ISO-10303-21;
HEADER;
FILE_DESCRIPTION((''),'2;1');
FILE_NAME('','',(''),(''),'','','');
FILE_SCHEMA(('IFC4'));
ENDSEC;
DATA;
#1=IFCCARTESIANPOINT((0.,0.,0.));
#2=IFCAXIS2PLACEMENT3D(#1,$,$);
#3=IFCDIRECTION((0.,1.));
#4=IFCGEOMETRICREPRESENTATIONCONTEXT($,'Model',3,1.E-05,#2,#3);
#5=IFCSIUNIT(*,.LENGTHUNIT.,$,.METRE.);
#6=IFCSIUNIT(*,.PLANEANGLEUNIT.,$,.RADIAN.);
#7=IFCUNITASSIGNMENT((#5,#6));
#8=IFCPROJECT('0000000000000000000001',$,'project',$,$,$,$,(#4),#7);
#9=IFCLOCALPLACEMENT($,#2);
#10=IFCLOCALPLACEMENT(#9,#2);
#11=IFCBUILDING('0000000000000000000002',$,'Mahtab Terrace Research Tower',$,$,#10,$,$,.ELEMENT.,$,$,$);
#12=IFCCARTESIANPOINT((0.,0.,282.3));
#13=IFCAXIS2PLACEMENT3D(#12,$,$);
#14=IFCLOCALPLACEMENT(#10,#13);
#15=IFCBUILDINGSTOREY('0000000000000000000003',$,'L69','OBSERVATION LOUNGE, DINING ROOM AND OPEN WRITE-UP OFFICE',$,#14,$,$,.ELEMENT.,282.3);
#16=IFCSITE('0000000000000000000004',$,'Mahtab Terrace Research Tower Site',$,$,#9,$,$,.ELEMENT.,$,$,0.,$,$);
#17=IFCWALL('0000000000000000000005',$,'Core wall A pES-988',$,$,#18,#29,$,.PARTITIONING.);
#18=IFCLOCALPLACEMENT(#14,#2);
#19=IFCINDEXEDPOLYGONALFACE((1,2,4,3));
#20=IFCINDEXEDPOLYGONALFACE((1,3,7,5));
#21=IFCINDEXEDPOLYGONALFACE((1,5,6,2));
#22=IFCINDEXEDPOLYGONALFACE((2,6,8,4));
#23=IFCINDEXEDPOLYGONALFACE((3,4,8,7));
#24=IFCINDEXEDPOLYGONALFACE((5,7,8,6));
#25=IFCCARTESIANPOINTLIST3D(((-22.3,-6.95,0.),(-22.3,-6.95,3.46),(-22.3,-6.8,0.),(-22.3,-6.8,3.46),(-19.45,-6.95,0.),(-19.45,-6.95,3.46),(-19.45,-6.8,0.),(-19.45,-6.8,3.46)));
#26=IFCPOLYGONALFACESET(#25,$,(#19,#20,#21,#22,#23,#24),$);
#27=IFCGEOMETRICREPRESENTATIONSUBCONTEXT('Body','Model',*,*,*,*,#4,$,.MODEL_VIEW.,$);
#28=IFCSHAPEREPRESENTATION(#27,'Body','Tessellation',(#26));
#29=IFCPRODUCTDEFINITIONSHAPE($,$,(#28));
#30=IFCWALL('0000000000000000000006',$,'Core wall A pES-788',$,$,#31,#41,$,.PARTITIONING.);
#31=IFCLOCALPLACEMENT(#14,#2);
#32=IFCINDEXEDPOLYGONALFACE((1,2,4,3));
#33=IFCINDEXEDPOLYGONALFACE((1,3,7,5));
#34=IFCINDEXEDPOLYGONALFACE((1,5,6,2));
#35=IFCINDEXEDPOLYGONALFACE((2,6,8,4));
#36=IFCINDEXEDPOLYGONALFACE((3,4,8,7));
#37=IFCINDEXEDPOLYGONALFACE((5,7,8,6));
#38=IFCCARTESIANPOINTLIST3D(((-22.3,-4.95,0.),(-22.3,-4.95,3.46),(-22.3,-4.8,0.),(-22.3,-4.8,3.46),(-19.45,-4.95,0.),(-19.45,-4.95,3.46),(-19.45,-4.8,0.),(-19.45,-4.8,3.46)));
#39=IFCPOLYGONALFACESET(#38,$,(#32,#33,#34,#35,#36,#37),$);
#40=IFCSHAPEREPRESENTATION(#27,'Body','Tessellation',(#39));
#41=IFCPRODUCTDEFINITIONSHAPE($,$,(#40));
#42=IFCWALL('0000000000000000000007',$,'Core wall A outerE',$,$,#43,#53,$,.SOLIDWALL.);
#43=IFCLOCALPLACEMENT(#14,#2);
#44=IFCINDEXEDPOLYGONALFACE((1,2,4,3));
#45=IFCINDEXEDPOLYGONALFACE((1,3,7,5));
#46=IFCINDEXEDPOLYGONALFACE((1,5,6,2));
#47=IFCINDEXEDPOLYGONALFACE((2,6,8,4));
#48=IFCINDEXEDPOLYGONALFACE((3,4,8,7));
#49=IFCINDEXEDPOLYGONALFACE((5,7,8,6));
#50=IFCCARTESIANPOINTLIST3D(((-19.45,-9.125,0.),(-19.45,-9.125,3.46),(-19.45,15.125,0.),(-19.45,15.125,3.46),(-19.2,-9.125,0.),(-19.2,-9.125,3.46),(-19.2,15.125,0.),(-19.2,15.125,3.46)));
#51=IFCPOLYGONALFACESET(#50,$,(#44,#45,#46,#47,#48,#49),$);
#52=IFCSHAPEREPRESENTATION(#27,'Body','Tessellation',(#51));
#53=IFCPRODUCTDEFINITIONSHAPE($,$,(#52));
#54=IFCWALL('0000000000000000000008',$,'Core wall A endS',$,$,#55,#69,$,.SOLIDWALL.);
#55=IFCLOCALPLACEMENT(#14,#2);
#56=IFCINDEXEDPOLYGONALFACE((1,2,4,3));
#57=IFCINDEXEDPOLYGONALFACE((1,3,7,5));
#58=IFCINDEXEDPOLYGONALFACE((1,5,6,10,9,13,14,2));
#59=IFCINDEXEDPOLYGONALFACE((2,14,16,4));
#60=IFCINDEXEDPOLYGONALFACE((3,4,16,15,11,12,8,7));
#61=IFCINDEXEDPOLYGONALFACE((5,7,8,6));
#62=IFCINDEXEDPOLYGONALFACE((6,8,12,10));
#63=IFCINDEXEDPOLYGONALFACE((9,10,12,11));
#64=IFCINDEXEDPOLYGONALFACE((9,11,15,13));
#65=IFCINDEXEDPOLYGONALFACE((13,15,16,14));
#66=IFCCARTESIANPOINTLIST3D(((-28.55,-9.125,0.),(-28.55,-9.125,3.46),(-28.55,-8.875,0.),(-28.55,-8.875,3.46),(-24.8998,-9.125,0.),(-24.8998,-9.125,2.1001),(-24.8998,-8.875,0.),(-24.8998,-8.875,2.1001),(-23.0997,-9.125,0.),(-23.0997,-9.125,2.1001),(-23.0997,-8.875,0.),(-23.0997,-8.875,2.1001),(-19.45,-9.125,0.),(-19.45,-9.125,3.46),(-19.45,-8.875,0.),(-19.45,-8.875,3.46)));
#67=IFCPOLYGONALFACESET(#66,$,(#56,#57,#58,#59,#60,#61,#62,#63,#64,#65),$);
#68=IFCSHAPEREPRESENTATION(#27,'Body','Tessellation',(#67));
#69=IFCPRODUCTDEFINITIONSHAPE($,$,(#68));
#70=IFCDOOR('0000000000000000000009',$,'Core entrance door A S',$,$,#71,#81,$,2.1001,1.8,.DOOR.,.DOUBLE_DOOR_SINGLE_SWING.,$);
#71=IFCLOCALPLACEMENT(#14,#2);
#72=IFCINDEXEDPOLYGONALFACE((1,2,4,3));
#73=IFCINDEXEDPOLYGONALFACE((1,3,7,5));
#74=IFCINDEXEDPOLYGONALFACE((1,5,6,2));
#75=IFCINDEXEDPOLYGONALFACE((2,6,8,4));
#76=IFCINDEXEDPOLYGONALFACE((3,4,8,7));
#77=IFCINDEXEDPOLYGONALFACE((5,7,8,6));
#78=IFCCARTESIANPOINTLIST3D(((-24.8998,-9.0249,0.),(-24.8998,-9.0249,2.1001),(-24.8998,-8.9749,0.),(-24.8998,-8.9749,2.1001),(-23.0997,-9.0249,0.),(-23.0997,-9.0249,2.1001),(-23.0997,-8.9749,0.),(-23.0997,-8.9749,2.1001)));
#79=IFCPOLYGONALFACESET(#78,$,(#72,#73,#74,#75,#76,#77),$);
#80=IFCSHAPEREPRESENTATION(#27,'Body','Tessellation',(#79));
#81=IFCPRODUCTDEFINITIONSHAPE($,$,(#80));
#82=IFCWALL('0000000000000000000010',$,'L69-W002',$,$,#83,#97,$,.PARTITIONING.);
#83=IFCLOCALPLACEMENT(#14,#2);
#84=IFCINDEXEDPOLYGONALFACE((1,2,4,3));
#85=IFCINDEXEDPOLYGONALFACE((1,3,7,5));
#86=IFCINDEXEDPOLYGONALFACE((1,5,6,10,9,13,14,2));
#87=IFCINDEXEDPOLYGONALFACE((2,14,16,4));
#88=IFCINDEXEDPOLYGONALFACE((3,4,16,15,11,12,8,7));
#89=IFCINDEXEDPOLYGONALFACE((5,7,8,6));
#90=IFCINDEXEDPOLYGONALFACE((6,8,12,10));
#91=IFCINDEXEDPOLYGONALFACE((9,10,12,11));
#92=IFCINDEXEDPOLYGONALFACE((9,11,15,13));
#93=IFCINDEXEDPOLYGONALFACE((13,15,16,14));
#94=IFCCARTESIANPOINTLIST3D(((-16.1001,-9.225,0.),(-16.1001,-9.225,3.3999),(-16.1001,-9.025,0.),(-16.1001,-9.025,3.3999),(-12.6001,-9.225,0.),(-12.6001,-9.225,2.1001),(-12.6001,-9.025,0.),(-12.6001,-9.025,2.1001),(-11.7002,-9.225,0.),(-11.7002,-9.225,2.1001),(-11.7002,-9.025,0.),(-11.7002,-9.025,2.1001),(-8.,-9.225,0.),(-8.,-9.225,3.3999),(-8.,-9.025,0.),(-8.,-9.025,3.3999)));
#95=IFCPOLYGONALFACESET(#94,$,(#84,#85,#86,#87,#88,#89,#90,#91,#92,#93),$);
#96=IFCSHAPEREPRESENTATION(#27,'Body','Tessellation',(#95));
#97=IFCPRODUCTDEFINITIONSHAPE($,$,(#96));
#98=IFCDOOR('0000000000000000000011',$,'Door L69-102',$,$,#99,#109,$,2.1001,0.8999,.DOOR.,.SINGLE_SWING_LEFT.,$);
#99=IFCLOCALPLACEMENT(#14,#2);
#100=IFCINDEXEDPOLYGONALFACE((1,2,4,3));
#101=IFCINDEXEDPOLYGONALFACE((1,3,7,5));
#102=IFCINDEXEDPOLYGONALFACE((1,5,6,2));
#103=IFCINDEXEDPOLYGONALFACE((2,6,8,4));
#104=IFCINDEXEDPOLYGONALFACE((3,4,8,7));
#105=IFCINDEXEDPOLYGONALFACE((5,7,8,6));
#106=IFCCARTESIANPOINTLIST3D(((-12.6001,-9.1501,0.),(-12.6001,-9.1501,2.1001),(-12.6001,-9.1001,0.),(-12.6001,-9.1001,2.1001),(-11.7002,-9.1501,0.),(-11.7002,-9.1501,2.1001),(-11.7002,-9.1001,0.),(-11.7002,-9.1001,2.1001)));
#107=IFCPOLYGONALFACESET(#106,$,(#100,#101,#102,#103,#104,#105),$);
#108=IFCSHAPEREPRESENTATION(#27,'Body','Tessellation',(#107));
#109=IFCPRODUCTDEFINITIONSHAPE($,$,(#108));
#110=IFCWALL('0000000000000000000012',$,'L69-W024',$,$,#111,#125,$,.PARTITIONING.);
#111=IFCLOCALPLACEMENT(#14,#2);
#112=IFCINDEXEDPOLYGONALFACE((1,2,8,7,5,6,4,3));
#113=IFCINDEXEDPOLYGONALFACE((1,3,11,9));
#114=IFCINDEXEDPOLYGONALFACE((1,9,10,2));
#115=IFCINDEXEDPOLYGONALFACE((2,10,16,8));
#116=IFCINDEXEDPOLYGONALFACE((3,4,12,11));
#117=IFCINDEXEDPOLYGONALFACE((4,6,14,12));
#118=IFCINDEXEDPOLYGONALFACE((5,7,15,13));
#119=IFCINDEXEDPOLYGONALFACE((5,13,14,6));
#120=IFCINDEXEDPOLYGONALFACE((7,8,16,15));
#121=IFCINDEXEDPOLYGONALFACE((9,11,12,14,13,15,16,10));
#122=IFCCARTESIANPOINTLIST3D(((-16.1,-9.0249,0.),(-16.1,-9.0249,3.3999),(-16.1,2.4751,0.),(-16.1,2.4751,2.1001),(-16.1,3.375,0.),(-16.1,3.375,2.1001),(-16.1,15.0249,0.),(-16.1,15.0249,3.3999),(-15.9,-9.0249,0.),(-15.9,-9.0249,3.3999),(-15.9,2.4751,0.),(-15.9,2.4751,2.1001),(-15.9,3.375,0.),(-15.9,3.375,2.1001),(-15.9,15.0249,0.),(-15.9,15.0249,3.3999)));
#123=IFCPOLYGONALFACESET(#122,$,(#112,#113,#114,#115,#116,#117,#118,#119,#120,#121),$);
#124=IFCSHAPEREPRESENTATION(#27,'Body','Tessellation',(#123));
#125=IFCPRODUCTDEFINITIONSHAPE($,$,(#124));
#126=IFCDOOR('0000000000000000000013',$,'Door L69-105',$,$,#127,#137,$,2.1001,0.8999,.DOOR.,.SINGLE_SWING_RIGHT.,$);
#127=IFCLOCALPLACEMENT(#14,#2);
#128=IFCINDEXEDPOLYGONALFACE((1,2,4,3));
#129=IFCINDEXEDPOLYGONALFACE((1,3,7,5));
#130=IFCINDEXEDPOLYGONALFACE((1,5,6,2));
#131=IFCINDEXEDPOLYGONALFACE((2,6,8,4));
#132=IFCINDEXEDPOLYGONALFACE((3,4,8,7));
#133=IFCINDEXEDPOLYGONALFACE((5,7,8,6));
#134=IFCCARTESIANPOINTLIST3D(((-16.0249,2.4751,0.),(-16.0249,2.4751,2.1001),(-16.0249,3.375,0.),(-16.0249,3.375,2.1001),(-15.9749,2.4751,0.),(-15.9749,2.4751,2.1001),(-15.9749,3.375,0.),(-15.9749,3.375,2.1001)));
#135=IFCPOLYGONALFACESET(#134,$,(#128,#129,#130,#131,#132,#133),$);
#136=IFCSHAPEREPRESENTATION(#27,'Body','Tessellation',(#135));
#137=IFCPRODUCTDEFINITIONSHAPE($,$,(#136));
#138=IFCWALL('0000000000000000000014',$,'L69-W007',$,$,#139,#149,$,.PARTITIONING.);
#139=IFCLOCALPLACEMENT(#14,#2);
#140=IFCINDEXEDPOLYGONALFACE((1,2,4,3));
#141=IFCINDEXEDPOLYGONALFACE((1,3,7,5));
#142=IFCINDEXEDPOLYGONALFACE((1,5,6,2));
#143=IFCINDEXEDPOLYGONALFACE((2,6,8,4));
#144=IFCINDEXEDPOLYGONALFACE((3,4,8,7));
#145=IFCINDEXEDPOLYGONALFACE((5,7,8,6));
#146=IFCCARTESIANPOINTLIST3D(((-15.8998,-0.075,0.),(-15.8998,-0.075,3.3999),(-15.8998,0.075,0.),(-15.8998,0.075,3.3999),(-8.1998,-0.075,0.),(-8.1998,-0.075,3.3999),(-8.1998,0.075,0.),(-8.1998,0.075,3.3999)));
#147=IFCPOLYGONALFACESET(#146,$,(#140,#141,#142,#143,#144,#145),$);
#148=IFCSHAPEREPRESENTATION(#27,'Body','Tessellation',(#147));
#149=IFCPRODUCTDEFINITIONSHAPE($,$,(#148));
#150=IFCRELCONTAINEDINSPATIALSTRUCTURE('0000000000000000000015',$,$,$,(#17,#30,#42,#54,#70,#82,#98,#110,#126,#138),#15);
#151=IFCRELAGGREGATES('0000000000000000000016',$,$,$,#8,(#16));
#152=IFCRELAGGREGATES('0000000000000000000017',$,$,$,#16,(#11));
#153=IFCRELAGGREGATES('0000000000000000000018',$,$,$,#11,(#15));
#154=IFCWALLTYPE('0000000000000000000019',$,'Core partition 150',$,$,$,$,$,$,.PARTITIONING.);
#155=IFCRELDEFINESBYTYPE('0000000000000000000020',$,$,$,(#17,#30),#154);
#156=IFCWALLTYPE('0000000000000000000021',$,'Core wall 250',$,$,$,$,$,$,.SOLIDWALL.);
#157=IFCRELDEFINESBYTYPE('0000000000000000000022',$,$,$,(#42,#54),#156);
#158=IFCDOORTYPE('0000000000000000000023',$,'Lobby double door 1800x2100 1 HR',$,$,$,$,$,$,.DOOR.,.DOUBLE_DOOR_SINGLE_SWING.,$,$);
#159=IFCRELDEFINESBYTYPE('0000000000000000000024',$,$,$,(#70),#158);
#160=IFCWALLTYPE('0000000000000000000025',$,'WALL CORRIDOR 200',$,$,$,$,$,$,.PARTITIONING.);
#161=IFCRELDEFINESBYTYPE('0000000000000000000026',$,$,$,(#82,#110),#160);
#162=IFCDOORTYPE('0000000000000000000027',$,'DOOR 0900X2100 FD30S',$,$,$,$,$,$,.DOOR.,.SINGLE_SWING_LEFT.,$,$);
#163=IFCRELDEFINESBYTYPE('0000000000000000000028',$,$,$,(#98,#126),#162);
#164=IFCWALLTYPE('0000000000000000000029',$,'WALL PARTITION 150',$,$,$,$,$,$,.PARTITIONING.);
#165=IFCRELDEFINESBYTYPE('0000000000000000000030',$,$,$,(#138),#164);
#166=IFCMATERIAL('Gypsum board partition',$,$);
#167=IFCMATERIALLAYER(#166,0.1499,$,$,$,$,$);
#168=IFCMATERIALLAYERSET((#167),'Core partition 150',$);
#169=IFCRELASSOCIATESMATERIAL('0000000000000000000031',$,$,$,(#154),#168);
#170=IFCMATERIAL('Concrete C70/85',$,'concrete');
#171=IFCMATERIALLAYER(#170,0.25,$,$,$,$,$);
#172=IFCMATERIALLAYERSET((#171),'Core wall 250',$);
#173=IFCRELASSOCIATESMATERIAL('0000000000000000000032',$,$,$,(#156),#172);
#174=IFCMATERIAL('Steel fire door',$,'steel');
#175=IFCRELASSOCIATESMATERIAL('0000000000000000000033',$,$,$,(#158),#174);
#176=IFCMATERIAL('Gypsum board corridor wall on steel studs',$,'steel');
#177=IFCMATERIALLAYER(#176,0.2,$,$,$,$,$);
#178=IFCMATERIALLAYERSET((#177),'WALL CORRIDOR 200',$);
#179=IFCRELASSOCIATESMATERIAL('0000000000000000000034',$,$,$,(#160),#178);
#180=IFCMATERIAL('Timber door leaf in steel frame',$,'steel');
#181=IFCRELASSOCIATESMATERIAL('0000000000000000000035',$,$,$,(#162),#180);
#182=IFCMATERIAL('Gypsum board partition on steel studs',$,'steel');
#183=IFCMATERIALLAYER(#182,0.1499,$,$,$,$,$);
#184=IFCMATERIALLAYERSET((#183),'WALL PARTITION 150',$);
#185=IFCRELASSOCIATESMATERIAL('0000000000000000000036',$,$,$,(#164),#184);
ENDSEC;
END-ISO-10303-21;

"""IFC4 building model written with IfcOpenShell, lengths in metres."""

from ifc_helpers import new_model, si_unit, direction, frame, frame_2d, origin, place, context, subcontext, project, spatial, rectangle, extrude, material, layer, layer_set, type_object, element, fill, save


model = new_model("IFC4")

# Units and contexts
model_context = context("Model", 3, precision=1e-05, world=origin(), true_north=direction((0.0, 1.0)))
body_context = subcontext(model_context, "Body", "Model", "MODEL_VIEW")
ifc_project = project(units=[si_unit("LENGTHUNIT", "METRE"), si_unit("PLANEANGLEUNIT", "RADIAN")], contexts=[model_context])

# Site, building, storey
site_placement = place(None, origin())
site = spatial("IfcSite", under=ifc_project, at=site_placement, Name="Mahtab Terrace Research Tower Site", CompositionType="ELEMENT", RefElevation=0.0)
building_placement = place(site_placement, origin())
building = spatial("IfcBuilding", under=site, at=building_placement, Name="Mahtab Terrace Research Tower", CompositionType="ELEMENT")
storey_placement = place(building_placement, frame((0.0, 0.0, 282.3)))
storey = spatial("IfcBuildingStorey", under=building, at=storey_placement, Name="L69", Description="OBSERVATION LOUNGE, DINING ROOM AND OPEN WRITE-UP OFFICE", CompositionType="ELEMENT", Elevation=282.3)

# Shared definitions
ifc_material_1 = material(Name="Concrete C70/85", Category="concrete")

# Walls
ifc_material_2 = material(Name="Gypsum board partition")
ifc_layer_1 = layer(ifc_material_2, 0.1499)
ifc_layer_set_1 = layer_set([ifc_layer_1], Name="Core partition 150")
wall_type_1 = type_object("IfcWallType", Name="Core partition 150", PredefinedType="PARTITIONING", material=ifc_layer_set_1)
for number, where, z_axis, x_axis, name in (
    (1, (-22.3, -6.875, 0.0), (0.0, 0.0, 1.0), (1.0, 0.0, 0.0), "Core wall A pES-988"),
    (2, (-22.3, -4.875, 0.0), (0.0, 0.0, 1.0), (1.0, 0.0, 0.0), "Core wall A pES-788"),
):
    element("IfcWall", number, at=place(storey_placement, frame(where, z_axis=z_axis, x_axis=x_axis)), inside=storey, type_object=wall_type_1, Name=name, PredefinedType="PARTITIONING", context=body_context, shape_type="SweptSolid", body=[
        extrude(rectangle(XDim=2.8501, YDim=0.1499, at=frame_2d((1.425, 0.0))), origin(), (0.0, 0.0, 1.0), 3.46),
    ])
ifc_layer_2 = layer(ifc_material_1, 0.25)
ifc_layer_set_2 = layer_set([ifc_layer_2], Name="Core wall 250")
wall_type_2 = type_object("IfcWallType", Name="Core wall 250", PredefinedType="SOLIDWALL", material=ifc_layer_set_2)
wall_1_placement = place(storey_placement, frame((-19.325, -9.125, 0.0), z_axis=(0.0, 0.0, 1.0), x_axis=(0.0, 1.0, 0.0)))
element("IfcWall", 3, at=wall_1_placement, inside=storey, type_object=wall_type_2, Name="Core wall A outerE", PredefinedType="SOLIDWALL", context=body_context, shape_type="SweptSolid", body=[
    extrude(rectangle(XDim=24.25, YDim=0.25, at=frame_2d((12.125, 0.0))), origin(), (0.0, 0.0, 1.0), 3.46),
])

# Walls, openings, doors
wall_2_placement = place(storey_placement, frame((-19.45, -9.0, 0.0), z_axis=(0.0, 0.0, 1.0), x_axis=(-1.0, 0.0, 0.0)))
wall_2 = element("IfcWall", 4, at=wall_2_placement, inside=storey, type_object=wall_type_2, Name="Core wall A endS", PredefinedType="SOLIDWALL", context=body_context, shape_type="SweptSolid", body=[
    extrude(rectangle(XDim=9.1001, YDim=0.25, at=frame_2d((4.55, 0.0))), origin(), (0.0, 0.0, 1.0), 3.46),
])
opening_1_placement = place(wall_2_placement, frame((3.6499, 0.0, 0.0)))
opening_1 = element("IfcOpeningElement", 5, at=opening_1_placement, cuts=wall_2, PredefinedType="OPENING", context=body_context, shape_type="SweptSolid", body=[
    extrude(rectangle(XDim=1.8, YDim=2.1001, at=frame_2d((0.8999, 1.05))), frame((0.0, 0.135, 0.0), z_axis=(0.0, -1.0, 0.0), x_axis=(1.0, 0.0, 0.0)), (0.0, 0.0, 1.0), 0.27),
])
ifc_material_3 = material(Name="Steel fire door", Category="steel")
door_type_1 = type_object("IfcDoorType", Name="Lobby double door 1800x2100 1 HR", OperationType="DOUBLE_DOOR_SINGLE_SWING", PredefinedType="DOOR", material=ifc_material_3)
door_1_placement = place(opening_1_placement, origin())
door_1 = element("IfcDoor", 6, at=door_1_placement, inside=storey, type_object=door_type_1, Name="Core entrance door A S", OperationType="DOUBLE_DOOR_SINGLE_SWING", OverallHeight=2.1001, OverallWidth=1.8, PredefinedType="DOOR", context=body_context, shape_type="SweptSolid", body=[
    extrude(rectangle(XDim=1.8, YDim=2.1001, at=frame_2d((0.8999, 1.05))), frame((0.0, 0.0249, 0.0), z_axis=(0.0, -1.0, 0.0), x_axis=(1.0, 0.0, 0.0)), (0.0, 0.0, 1.0), 0.05),
])
fill(opening_1, door_1)
ifc_material_4 = material(Name="Gypsum board corridor wall on steel studs", Category="steel")
ifc_layer_3 = layer(ifc_material_4, 0.2)
ifc_layer_set_3 = layer_set([ifc_layer_3], Name="WALL CORRIDOR 200")
wall_type_3 = type_object("IfcWallType", Name="WALL CORRIDOR 200", PredefinedType="PARTITIONING", material=ifc_layer_set_3)
wall_3_placement = place(storey_placement, frame((-16.1001, -9.125, 0.0), z_axis=(0.0, 0.0, 1.0), x_axis=(1.0, 0.0, 0.0)))
wall_3 = element("IfcWall", 7, at=wall_3_placement, inside=storey, type_object=wall_type_3, Name="L69-W002", PredefinedType="PARTITIONING", context=body_context, shape_type="SweptSolid", body=[
    extrude(rectangle(XDim=8.1001, YDim=0.2, at=frame_2d((4.05, 0.0))), origin(), (0.0, 0.0, 1.0), 3.3999),
])
opening_2_placement = place(wall_3_placement, frame((3.5, 0.0, 0.0)))
opening_2 = element("IfcOpeningElement", 8, at=opening_2_placement, cuts=wall_3, PredefinedType="OPENING", context=body_context, shape_type="SweptSolid", body=[
    extrude(rectangle(XDim=0.8999, YDim=2.1001, at=frame_2d((0.45, 1.05))), frame((0.0, 0.1099, 0.0), z_axis=(0.0, -1.0, 0.0), x_axis=(1.0, 0.0, 0.0)), (0.0, 0.0, 1.0), 0.22),
])
ifc_material_5 = material(Name="Timber door leaf in steel frame", Category="steel")
door_type_2 = type_object("IfcDoorType", Name="DOOR 0900X2100 FD30S", OperationType="SINGLE_SWING_LEFT", PredefinedType="DOOR", material=ifc_material_5)
door_2_placement = place(opening_2_placement, origin())
door_2 = element("IfcDoor", 9, at=door_2_placement, inside=storey, type_object=door_type_2, Name="Door L69-102", OperationType="SINGLE_SWING_LEFT", OverallHeight=2.1001, OverallWidth=0.8999, PredefinedType="DOOR", context=body_context, shape_type="SweptSolid", body=[
    extrude(rectangle(XDim=0.8999, YDim=2.1001, at=frame_2d((0.45, 1.05))), frame((0.0, 0.0249, 0.0), z_axis=(0.0, -1.0, 0.0), x_axis=(1.0, 0.0, 0.0)), (0.0, 0.0, 1.0), 0.05),
])
fill(opening_2, door_2)
wall_4_placement = place(storey_placement, frame((-16.0, -9.0249, 0.0), z_axis=(0.0, 0.0, 1.0), x_axis=(0.0, 1.0, 0.0)))
wall_4 = element("IfcWall", 10, at=wall_4_placement, inside=storey, type_object=wall_type_3, Name="L69-W024", PredefinedType="PARTITIONING", context=body_context, shape_type="SweptSolid", body=[
    extrude(rectangle(XDim=24.0498, YDim=0.2, at=frame_2d((12.0249, 0.0))), origin(), (0.0, 0.0, 1.0), 3.3999),
])
opening_3_placement = place(wall_4_placement, frame((11.5, 0.0, 0.0)))
opening_3 = element("IfcOpeningElement", 11, at=opening_3_placement, cuts=wall_4, PredefinedType="OPENING", context=body_context, shape_type="SweptSolid", body=[
    extrude(rectangle(XDim=0.8999, YDim=2.1001, at=frame_2d((0.45, 1.05))), frame((0.0, 0.1099, 0.0), z_axis=(0.0, -1.0, 0.0), x_axis=(1.0, 0.0, 0.0)), (0.0, 0.0, 1.0), 0.22),
])
door_3_placement = place(opening_3_placement, origin())
door_3 = element("IfcDoor", 12, at=door_3_placement, inside=storey, type_object=door_type_2, Name="Door L69-105", OperationType="SINGLE_SWING_RIGHT", OverallHeight=2.1001, OverallWidth=0.8999, PredefinedType="DOOR", context=body_context, shape_type="SweptSolid", body=[
    extrude(rectangle(XDim=0.8999, YDim=2.1001, at=frame_2d((0.45, 1.05))), frame((0.0, 0.0249, 0.0), z_axis=(0.0, -1.0, 0.0), x_axis=(1.0, 0.0, 0.0)), (0.0, 0.0, 1.0), 0.05),
])
fill(opening_3, door_3)

# Wall
ifc_material_6 = material(Name="Gypsum board partition on steel studs", Category="steel")
ifc_layer_4 = layer(ifc_material_6, 0.1499)
ifc_layer_set_4 = layer_set([ifc_layer_4], Name="WALL PARTITION 150")
wall_type_4 = type_object("IfcWallType", Name="WALL PARTITION 150", PredefinedType="PARTITIONING", material=ifc_layer_set_4)
wall_5_placement = place(storey_placement, frame((-15.8999, 0.0, 0.0), z_axis=(0.0, 0.0, 1.0), x_axis=(1.0, 0.0, 0.0)))
element("IfcWall", 13, at=wall_5_placement, inside=storey, type_object=wall_type_4, Name="L69-W007", PredefinedType="PARTITIONING", context=body_context, shape_type="SweptSolid", body=[
    extrude(rectangle(XDim=7.7, YDim=0.1499, at=frame_2d((3.8501, 0.0))), origin(), (0.0, 0.0, 1.0), 3.3999),
])

save(model, "model.ifc")
